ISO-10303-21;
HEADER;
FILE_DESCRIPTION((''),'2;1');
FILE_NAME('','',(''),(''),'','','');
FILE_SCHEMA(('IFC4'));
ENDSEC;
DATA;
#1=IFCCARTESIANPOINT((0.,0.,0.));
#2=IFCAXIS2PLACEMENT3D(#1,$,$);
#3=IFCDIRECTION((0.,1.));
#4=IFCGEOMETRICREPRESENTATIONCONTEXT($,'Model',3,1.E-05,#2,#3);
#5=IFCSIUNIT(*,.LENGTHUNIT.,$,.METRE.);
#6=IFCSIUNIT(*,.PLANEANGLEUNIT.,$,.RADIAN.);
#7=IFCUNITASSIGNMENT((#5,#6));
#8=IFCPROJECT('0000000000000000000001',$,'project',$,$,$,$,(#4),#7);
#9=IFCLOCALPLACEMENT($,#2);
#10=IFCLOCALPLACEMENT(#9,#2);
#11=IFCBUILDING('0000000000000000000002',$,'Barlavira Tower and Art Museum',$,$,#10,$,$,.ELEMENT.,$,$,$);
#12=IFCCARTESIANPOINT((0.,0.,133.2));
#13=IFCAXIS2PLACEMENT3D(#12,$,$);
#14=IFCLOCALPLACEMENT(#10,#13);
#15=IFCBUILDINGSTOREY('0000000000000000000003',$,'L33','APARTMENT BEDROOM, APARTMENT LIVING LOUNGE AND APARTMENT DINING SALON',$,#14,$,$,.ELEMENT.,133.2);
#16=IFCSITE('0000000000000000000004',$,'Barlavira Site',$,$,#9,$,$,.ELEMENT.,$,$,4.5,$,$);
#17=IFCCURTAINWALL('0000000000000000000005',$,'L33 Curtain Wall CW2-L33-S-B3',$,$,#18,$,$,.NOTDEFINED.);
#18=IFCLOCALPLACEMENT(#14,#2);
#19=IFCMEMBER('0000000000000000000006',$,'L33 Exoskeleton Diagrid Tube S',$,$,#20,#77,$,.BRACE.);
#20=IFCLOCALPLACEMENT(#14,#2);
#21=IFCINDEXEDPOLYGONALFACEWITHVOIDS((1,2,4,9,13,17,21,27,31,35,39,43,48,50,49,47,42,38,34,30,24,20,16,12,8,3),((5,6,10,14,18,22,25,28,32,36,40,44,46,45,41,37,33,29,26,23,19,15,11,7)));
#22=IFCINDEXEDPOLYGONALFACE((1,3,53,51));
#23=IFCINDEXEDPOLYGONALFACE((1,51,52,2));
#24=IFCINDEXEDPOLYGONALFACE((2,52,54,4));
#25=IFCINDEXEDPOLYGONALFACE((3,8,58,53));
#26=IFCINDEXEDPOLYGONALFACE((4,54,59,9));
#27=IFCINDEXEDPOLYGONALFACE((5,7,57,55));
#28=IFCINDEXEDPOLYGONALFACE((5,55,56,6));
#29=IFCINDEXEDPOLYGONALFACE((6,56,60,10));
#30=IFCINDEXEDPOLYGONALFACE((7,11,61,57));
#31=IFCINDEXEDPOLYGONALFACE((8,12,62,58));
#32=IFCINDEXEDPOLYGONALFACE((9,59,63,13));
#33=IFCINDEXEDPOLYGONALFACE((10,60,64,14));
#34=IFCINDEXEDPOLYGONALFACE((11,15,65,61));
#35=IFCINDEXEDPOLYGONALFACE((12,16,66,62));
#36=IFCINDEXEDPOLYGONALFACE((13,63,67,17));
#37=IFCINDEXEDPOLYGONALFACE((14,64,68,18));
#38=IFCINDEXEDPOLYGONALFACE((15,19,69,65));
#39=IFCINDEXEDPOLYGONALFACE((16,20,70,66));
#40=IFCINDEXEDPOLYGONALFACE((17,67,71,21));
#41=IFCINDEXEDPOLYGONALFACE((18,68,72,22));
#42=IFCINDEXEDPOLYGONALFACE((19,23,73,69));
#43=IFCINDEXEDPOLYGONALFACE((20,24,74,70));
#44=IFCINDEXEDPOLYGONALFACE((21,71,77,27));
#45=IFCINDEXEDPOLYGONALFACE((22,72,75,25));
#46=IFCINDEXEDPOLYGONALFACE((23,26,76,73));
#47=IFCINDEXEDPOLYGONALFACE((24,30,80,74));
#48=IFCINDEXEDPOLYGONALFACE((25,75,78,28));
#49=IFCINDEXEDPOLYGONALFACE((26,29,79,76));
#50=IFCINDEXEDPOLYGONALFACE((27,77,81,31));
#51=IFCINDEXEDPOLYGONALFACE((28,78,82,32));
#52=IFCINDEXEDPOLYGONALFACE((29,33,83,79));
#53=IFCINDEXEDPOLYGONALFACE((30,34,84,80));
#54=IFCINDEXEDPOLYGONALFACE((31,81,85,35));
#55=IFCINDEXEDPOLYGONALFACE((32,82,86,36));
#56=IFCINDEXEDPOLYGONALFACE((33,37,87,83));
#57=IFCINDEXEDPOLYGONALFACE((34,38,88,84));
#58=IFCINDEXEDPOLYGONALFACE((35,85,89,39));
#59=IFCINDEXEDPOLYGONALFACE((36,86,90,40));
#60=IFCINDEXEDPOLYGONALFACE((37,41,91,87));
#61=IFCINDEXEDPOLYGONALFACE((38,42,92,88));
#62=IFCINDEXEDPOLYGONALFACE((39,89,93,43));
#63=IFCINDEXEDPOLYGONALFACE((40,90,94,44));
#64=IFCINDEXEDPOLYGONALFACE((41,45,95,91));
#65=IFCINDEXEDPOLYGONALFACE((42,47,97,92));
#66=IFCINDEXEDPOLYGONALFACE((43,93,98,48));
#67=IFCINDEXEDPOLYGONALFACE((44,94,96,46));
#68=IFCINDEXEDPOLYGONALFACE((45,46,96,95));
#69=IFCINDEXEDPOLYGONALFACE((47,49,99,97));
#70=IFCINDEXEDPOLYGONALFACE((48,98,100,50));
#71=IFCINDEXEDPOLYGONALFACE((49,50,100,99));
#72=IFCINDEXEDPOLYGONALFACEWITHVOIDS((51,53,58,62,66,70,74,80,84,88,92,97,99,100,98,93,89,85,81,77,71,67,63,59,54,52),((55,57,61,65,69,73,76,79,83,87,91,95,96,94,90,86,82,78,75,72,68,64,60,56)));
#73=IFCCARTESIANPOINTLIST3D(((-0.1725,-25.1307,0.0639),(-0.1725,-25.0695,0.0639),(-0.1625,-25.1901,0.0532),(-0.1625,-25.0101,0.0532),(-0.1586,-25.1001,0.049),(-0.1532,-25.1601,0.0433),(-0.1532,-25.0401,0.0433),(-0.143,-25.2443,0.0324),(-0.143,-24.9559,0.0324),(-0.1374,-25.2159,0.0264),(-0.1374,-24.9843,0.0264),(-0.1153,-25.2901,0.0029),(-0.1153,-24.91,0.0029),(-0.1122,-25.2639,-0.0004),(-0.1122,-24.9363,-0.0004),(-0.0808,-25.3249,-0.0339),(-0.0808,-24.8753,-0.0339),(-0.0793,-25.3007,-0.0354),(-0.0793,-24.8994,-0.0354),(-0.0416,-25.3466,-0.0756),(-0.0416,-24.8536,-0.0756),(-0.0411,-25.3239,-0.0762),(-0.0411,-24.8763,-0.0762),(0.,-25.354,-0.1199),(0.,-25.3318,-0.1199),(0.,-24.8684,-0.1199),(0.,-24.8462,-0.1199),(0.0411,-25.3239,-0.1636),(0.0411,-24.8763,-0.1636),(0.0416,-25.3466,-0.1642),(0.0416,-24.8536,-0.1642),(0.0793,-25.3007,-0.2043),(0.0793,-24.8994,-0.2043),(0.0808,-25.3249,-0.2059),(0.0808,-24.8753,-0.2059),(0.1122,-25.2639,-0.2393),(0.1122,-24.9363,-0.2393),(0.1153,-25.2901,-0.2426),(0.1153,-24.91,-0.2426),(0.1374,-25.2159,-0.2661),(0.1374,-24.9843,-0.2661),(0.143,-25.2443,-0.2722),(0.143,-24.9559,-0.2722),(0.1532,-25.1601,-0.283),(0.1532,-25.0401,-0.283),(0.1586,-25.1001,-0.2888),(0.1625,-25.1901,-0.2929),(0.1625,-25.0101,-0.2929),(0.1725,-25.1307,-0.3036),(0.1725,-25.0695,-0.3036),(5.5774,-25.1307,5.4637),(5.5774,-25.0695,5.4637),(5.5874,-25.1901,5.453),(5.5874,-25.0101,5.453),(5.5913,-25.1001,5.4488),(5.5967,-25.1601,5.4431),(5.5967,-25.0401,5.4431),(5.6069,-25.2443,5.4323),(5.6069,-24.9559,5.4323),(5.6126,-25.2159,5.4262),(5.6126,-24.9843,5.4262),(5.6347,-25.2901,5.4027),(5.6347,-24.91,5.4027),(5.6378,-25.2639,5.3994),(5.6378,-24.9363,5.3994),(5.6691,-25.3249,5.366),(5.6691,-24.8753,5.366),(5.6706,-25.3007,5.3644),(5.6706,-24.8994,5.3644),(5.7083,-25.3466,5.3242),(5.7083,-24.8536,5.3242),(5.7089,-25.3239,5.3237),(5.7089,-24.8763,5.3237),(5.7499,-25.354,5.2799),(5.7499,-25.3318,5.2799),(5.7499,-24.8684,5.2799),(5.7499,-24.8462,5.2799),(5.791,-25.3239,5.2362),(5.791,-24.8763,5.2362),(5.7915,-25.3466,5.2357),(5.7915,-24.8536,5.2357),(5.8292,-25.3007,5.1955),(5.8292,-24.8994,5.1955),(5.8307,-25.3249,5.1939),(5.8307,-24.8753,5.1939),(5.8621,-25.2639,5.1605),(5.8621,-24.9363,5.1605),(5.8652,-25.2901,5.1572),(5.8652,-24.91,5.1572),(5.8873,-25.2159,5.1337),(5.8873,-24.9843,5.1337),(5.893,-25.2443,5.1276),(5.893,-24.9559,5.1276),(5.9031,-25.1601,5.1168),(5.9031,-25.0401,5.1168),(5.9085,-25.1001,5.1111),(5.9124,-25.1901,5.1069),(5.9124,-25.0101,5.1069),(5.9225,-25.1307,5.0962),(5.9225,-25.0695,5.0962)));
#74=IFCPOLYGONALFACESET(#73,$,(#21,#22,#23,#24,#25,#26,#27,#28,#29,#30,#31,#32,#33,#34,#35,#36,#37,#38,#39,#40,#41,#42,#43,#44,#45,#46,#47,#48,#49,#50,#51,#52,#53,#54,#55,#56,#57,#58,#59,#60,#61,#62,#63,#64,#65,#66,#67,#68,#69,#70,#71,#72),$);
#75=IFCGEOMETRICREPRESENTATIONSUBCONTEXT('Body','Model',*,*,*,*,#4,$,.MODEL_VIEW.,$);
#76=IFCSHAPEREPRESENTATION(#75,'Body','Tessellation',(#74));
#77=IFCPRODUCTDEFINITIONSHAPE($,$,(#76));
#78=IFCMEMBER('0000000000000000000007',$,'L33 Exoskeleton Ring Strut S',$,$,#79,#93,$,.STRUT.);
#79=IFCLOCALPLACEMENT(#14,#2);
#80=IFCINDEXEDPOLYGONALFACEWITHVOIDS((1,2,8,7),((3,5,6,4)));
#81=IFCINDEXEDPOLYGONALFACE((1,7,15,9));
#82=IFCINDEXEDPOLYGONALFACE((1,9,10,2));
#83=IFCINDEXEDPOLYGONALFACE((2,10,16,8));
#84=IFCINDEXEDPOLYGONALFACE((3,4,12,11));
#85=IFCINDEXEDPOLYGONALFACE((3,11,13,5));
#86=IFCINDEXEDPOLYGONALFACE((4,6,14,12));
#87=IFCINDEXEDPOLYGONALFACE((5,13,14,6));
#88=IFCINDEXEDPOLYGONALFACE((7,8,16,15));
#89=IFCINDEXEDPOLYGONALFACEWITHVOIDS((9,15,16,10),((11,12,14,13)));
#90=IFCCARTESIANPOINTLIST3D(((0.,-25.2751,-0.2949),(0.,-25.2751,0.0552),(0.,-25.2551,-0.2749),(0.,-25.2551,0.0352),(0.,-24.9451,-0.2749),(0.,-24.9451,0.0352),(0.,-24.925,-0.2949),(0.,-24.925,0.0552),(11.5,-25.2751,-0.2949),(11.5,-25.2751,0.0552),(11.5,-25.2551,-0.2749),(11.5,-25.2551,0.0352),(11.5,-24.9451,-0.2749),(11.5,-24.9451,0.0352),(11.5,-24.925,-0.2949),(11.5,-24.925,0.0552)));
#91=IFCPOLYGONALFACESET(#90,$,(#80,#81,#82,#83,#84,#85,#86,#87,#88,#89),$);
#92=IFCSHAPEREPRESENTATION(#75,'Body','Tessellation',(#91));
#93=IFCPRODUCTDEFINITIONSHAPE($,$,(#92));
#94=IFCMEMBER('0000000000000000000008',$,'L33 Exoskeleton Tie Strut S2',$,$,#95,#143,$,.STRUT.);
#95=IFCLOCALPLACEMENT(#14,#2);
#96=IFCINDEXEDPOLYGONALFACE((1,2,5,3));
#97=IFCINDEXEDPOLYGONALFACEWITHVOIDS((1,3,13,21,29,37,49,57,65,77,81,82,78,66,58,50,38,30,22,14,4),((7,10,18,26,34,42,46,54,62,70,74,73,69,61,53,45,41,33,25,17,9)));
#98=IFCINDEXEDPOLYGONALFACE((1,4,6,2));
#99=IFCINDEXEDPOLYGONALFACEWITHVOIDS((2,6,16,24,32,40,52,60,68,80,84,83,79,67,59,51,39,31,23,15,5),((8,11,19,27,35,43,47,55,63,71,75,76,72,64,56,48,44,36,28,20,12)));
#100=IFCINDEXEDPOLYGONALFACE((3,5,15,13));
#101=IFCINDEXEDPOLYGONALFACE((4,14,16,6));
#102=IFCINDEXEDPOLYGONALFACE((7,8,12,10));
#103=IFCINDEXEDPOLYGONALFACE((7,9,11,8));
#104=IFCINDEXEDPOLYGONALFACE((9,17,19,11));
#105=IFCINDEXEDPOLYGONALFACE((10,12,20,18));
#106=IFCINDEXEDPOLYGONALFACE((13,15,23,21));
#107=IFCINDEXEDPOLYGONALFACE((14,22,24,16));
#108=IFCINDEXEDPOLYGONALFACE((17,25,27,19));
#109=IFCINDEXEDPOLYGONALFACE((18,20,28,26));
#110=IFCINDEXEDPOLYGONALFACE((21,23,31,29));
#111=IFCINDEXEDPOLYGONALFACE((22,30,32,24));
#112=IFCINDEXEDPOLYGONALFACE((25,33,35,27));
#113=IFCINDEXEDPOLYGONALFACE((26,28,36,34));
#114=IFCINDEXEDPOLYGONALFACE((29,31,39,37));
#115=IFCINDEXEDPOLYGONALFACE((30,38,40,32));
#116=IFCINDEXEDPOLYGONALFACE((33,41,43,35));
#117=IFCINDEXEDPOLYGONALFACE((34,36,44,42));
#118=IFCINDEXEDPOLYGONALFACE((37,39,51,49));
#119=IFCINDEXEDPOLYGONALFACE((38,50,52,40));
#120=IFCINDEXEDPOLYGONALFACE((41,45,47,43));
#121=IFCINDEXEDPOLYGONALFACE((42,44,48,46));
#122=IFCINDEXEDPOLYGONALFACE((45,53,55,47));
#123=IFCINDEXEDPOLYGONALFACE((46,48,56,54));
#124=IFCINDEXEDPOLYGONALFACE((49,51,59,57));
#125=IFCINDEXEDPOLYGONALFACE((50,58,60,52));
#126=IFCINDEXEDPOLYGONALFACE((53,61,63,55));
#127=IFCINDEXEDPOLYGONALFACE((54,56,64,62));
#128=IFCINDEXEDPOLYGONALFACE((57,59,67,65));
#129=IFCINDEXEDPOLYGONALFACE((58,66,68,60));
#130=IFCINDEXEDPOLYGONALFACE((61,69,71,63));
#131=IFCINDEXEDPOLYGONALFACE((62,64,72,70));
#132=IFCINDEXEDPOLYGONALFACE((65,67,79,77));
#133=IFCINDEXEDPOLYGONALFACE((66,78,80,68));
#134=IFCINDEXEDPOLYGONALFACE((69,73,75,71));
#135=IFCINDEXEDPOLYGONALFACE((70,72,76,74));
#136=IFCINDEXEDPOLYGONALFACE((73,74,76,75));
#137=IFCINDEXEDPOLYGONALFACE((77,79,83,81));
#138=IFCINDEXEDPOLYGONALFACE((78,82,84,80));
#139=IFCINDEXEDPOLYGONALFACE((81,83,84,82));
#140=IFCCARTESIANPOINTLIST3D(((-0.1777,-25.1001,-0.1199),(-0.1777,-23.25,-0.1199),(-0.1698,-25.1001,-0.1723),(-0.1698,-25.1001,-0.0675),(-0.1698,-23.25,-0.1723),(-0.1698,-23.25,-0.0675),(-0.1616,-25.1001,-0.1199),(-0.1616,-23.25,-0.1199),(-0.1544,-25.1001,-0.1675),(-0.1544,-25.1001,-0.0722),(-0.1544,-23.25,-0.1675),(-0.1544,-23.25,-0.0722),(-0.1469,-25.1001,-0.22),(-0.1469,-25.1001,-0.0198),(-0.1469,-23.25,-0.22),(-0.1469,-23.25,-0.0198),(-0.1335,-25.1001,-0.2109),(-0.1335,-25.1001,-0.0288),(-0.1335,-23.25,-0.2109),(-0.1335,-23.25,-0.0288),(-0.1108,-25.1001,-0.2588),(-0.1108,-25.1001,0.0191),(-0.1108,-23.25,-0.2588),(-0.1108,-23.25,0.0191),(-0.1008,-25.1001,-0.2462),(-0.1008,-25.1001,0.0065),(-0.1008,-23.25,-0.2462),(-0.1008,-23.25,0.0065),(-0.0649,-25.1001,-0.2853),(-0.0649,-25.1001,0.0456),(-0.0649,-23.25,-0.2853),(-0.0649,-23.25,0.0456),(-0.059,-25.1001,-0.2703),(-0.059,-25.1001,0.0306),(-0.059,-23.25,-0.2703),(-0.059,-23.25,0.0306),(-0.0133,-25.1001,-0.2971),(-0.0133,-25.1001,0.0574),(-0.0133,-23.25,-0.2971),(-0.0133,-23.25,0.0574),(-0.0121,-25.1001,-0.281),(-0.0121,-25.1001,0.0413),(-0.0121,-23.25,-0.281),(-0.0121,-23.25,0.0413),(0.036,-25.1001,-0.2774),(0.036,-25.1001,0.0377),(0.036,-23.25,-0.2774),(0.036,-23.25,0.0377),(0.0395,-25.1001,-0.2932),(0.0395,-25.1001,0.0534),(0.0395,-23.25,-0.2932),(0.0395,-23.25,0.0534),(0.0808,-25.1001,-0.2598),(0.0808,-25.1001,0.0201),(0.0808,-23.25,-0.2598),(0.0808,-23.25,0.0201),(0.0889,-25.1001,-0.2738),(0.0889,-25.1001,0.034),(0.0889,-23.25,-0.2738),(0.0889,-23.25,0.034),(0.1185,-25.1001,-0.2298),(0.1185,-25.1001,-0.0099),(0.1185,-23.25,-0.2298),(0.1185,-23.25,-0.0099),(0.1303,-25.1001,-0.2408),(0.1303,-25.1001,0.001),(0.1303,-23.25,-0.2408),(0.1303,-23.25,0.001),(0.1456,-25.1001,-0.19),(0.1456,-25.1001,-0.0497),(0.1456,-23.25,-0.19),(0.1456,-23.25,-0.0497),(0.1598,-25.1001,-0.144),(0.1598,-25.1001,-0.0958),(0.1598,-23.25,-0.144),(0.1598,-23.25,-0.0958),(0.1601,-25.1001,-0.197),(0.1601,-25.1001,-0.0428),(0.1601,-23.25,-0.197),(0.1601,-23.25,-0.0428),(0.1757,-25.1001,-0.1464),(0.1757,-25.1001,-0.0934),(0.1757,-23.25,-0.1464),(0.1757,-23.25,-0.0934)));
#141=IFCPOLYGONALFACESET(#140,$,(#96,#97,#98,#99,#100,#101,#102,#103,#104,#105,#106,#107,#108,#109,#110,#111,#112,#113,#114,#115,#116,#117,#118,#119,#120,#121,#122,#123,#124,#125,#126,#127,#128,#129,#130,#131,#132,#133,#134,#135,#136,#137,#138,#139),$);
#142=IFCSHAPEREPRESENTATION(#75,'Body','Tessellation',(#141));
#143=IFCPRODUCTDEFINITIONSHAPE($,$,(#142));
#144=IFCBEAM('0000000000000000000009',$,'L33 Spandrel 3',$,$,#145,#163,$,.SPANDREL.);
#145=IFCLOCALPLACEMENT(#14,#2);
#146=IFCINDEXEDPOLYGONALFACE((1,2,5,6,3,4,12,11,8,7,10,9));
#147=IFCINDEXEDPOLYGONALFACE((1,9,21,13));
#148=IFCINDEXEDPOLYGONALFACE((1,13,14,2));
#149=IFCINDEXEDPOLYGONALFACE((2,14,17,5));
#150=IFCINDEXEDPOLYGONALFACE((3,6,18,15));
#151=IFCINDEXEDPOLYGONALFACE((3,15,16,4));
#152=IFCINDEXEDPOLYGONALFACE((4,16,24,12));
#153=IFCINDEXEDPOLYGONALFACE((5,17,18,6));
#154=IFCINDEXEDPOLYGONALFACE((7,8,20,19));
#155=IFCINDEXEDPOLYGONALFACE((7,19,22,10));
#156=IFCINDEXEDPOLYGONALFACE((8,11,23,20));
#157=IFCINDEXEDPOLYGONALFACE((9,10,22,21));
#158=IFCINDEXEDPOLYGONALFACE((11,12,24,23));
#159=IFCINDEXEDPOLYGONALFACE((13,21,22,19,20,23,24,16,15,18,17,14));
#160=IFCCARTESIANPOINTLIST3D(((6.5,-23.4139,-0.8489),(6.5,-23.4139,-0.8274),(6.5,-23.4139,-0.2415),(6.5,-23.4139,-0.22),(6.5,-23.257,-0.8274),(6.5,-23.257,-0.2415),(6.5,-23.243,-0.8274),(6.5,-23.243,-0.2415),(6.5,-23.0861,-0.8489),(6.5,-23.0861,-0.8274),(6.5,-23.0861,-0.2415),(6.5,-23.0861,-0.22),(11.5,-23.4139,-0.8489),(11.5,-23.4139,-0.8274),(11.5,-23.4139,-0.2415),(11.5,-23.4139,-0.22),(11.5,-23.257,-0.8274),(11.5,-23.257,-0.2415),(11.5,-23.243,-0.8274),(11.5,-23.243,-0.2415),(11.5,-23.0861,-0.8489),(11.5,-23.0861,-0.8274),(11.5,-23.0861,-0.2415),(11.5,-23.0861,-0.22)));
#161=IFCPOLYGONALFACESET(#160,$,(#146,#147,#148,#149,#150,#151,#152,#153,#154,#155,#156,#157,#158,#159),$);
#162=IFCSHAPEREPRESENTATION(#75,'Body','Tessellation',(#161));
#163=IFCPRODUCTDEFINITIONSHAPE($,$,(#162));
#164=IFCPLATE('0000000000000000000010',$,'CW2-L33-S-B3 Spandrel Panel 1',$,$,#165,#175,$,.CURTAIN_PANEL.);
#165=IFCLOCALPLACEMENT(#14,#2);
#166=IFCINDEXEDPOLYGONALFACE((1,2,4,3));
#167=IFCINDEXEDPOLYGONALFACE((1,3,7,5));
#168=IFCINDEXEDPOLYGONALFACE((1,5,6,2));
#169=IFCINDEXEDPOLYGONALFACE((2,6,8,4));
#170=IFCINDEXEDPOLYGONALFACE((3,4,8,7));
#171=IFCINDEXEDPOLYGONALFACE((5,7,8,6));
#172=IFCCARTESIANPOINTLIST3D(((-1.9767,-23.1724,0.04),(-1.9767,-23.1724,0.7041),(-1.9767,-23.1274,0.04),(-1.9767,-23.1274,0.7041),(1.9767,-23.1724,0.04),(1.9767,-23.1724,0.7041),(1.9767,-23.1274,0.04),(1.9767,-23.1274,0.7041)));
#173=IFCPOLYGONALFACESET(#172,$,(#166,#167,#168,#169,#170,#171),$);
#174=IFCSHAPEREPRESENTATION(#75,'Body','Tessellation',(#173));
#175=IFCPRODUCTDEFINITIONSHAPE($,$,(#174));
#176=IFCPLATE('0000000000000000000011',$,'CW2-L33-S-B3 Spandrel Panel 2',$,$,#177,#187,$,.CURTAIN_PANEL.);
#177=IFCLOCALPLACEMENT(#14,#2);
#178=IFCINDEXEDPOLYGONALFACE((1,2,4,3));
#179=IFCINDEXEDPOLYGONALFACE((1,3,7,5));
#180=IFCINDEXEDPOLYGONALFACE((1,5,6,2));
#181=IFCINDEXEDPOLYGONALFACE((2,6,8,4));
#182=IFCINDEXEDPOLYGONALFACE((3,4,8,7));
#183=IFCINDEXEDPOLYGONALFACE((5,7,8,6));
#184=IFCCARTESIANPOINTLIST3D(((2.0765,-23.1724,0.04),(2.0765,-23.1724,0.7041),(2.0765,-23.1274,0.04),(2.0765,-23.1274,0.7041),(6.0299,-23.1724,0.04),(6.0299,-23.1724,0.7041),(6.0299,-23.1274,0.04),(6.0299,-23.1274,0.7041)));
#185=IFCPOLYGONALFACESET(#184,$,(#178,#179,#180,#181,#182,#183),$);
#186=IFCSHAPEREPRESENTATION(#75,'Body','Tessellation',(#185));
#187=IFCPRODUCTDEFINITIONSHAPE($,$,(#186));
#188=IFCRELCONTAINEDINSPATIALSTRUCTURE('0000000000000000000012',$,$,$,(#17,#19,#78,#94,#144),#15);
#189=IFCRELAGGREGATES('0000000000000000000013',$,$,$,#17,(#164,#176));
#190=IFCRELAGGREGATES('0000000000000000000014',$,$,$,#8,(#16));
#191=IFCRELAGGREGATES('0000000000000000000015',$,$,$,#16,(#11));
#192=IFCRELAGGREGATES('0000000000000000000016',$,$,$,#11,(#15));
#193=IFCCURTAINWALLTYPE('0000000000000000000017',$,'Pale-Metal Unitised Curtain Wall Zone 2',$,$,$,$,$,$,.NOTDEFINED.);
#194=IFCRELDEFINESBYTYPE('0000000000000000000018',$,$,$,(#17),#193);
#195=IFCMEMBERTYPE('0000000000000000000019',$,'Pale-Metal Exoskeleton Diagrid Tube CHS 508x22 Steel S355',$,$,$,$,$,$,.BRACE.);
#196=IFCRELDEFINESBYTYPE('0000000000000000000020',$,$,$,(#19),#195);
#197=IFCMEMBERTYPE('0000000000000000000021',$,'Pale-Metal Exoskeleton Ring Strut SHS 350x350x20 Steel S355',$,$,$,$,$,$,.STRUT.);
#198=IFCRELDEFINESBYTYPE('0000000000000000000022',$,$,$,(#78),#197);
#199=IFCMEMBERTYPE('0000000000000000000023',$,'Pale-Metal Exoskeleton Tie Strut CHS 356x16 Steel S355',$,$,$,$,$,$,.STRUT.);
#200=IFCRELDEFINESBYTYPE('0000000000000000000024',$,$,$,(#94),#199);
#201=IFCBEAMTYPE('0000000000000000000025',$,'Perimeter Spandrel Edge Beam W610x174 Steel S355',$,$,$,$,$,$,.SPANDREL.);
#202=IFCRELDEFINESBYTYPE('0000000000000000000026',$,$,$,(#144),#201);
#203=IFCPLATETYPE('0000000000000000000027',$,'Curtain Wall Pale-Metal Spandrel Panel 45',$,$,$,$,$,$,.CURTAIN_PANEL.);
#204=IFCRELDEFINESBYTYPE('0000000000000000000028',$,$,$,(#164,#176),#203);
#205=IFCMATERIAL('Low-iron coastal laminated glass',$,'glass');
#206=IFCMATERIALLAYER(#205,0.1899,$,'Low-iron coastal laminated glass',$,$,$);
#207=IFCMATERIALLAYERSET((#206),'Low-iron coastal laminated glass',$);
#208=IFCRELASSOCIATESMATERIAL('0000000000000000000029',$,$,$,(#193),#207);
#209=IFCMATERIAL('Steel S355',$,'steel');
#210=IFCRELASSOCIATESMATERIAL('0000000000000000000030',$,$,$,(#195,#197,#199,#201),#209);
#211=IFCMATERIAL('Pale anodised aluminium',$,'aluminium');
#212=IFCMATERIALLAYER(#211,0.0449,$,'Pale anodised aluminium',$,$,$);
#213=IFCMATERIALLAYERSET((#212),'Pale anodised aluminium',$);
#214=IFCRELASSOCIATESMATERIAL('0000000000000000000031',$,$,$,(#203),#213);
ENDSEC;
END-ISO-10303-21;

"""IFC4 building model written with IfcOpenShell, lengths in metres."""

from ifc_helpers import new_model, si_unit, direction, frame, origin, origin_2d, place, context, subcontext, project, spatial, rectangle, hollow_rectangle, hollow_circle, i_section, extrude, material, layer, layer_set, material_profile, profile_set, type_object, element, aggregate, save


model = new_model("IFC4")

# Units and contexts
model_context = context("Model", 3, precision=1e-05, world=origin(), true_north=direction((0.0, 1.0)))
body_context = subcontext(model_context, "Body", "Model", "MODEL_VIEW")
ifc_project = project(units=[si_unit("LENGTHUNIT", "METRE"), si_unit("PLANEANGLEUNIT", "RADIAN")], contexts=[model_context])

# Site, building, storey
site_placement = place(None, origin())
site = spatial("IfcSite", under=ifc_project, at=site_placement, Name="Barlavira Site", CompositionType="ELEMENT", RefElevation=4.5)
building_placement = place(site_placement, origin())
building = spatial("IfcBuilding", under=site, at=building_placement, Name="Barlavira Tower and Art Museum", CompositionType="ELEMENT")
storey_placement = place(building_placement, frame((0.0, 0.0, 133.2)))
storey = spatial("IfcBuildingStorey", under=building, at=storey_placement, Name="L33", Description="APARTMENT BEDROOM, APARTMENT LIVING LOUNGE AND APARTMENT DINING SALON", CompositionType="ELEMENT", Elevation=133.2)

# Curtain wall
ifc_material_1 = material(Name="Low-iron coastal laminated glass", Category="glass")
ifc_layer_1 = layer(ifc_material_1, 0.1899, Name="Low-iron coastal laminated glass")
ifc_layer_set_1 = layer_set([ifc_layer_1], Name="Low-iron coastal laminated glass")
curtain_wall_type = type_object("IfcCurtainWallType", Name="Pale-Metal Unitised Curtain Wall Zone 2", PredefinedType="NOTDEFINED", material=ifc_layer_set_1)
curtain_wall_placement = place(storey_placement, origin())
curtain_wall = element("IfcCurtainWall", 1, at=curtain_wall_placement, inside=storey, type_object=curtain_wall_type, Name="L33 Curtain Wall CW2-L33-S-B3", PredefinedType="NOTDEFINED")
ifc_material_2 = material(Name="Pale anodised aluminium", Category="aluminium")

# Members
ifc_material_3 = material(Name="Steel S355", Category="steel")
ifc_material_profile_1 = material_profile(ifc_material_3, hollow_circle(Radius=0.2539, WallThickness=0.0222, at=origin_2d()), Name="CHS 508.0x22.2")
ifc_profile_set_1 = profile_set([ifc_material_profile_1], Name="Steel S355")
member_type_1 = type_object("IfcMemberType", Name="Pale-Metal Exoskeleton Diagrid Tube CHS 508x22 Steel S355", PredefinedType="BRACE", material=ifc_profile_set_1)
for number, where, z_axis, x_axis, name in (
    (2, (0.0, -25.1001, -0.1199), (0.72895, 0.0, 0.684567), (0.0, 1.0, 0.0), "L33 Exoskeleton Diagrid Tube S"),
):
    element("IfcMember", number, at=place(storey_placement, frame(where, z_axis=z_axis, x_axis=x_axis)), inside=storey, type_object=member_type_1, Name=name, PredefinedType="BRACE", context=body_context, shape_type="SweptSolid", body=[
        extrude(hollow_circle(Radius=0.2539, WallThickness=0.0222, at=origin_2d()), origin(), (0.0, 0.0, 1.0), 7.8879),
    ])
ifc_material_profile_2 = material_profile(ifc_material_3, hollow_rectangle(XDim=0.3501, YDim=0.3501, WallThickness=0.02, at=origin_2d()), Name="SHS 350x350x20.0")
ifc_profile_set_2 = profile_set([ifc_material_profile_2], Name="Steel S355")
member_type_2 = type_object("IfcMemberType", Name="Pale-Metal Exoskeleton Ring Strut SHS 350x350x20 Steel S355", PredefinedType="STRUT", material=ifc_profile_set_2)
member_1_placement = place(storey_placement, frame((0.0, -25.1001, -0.1199), z_axis=(1.0, 0.0, 0.0), x_axis=(0.0, 1.0, 0.0)))
element("IfcMember", 3, at=member_1_placement, inside=storey, type_object=member_type_2, Name="L33 Exoskeleton Ring Strut S", PredefinedType="STRUT", context=body_context, shape_type="SweptSolid", body=[
    extrude(hollow_rectangle(XDim=0.3501, YDim=0.3501, WallThickness=0.02, at=origin_2d()), origin(), (0.0, 0.0, 1.0), 11.5),
])
ifc_material_profile_3 = material_profile(ifc_material_3, hollow_circle(Radius=0.1777, WallThickness=0.0161, at=origin_2d()), Name="CHS 355.6x16.0")
ifc_profile_set_3 = profile_set([ifc_material_profile_3], Name="Steel S355")
member_type_3 = type_object("IfcMemberType", Name="Pale-Metal Exoskeleton Tie Strut CHS 356x16 Steel S355", PredefinedType="STRUT", material=ifc_profile_set_3)
member_2_placement = place(storey_placement, frame((0.0, -25.1001, -0.1199), z_axis=(0.0, 1.0, 0.0), x_axis=(-1.0, 0.0, 0.0)))
element("IfcMember", 4, at=member_2_placement, inside=storey, type_object=member_type_3, Name="L33 Exoskeleton Tie Strut S2", PredefinedType="STRUT", context=body_context, shape_type="SweptSolid", body=[
    extrude(hollow_circle(Radius=0.1777, WallThickness=0.0161, at=origin_2d()), origin(), (0.0, 0.0, 1.0), 1.8501),
])

# Beam
ifc_material_profile_4 = material_profile(ifc_material_3, i_section(OverallWidth=0.3279, OverallDepth=0.6289, WebThickness=0.0139, FlangeThickness=0.0215, at=origin_2d()), Name="W610x174.0")
ifc_profile_set_4 = profile_set([ifc_material_profile_4], Name="Steel S355")
beam_type = type_object("IfcBeamType", Name="Perimeter Spandrel Edge Beam W610x174 Steel S355", PredefinedType="SPANDREL", material=ifc_profile_set_4)
beam_placement = place(storey_placement, frame((6.5, -23.25, -0.5344), z_axis=(1.0, 0.0, 0.0), x_axis=(0.0, 1.0, 0.0)))
element("IfcBeam", 5, at=beam_placement, inside=storey, type_object=beam_type, Name="L33 Spandrel 3", PredefinedType="SPANDREL", context=body_context, shape_type="SweptSolid", body=[
    extrude(i_section(OverallWidth=0.3279, OverallDepth=0.6289, WebThickness=0.0139, FlangeThickness=0.0215, at=origin_2d()), origin(), (0.0, 0.0, 1.0), 5.0),
])

# Plates
ifc_layer_2 = layer(ifc_material_2, 0.0449, Name="Pale anodised aluminium")
ifc_layer_set_2 = layer_set([ifc_layer_2], Name="Pale anodised aluminium")
plate_type_1 = type_object("IfcPlateType", Name="Curtain Wall Pale-Metal Spandrel Panel 45", PredefinedType="CURTAIN_PANEL", material=ifc_layer_set_2)
plate_1_placement = place(storey_placement, frame((0.0, -23.1499, 0.04), z_axis=(0.0, 0.0, 1.0), x_axis=(1.0, 0.0, 0.0)))
plate_1 = element("IfcPlate", 6, at=plate_1_placement, type_object=plate_type_1, Name="CW2-L33-S-B3 Spandrel Panel 1", PredefinedType="CURTAIN_PANEL", context=body_context, shape_type="SweptSolid", body=[
    extrude(rectangle(XDim=3.9534, YDim=0.0449, at=origin_2d()), origin(), (0.0, 0.0, 1.0), 0.6641),
])
plate_2_placement = place(storey_placement, frame((4.0532, -23.1499, 0.04), z_axis=(0.0, 0.0, 1.0), x_axis=(1.0, 0.0, 0.0)))
plate_2 = element("IfcPlate", 7, at=plate_2_placement, type_object=plate_type_1, Name="CW2-L33-S-B3 Spandrel Panel 2", PredefinedType="CURTAIN_PANEL", context=body_context, shape_type="SweptSolid", body=[
    extrude(rectangle(XDim=3.9534, YDim=0.0449, at=origin_2d()), origin(), (0.0, 0.0, 1.0), 0.6641),
])
aggregate(curtain_wall, [plate_1, plate_2])

save(model, "model.ifc")
